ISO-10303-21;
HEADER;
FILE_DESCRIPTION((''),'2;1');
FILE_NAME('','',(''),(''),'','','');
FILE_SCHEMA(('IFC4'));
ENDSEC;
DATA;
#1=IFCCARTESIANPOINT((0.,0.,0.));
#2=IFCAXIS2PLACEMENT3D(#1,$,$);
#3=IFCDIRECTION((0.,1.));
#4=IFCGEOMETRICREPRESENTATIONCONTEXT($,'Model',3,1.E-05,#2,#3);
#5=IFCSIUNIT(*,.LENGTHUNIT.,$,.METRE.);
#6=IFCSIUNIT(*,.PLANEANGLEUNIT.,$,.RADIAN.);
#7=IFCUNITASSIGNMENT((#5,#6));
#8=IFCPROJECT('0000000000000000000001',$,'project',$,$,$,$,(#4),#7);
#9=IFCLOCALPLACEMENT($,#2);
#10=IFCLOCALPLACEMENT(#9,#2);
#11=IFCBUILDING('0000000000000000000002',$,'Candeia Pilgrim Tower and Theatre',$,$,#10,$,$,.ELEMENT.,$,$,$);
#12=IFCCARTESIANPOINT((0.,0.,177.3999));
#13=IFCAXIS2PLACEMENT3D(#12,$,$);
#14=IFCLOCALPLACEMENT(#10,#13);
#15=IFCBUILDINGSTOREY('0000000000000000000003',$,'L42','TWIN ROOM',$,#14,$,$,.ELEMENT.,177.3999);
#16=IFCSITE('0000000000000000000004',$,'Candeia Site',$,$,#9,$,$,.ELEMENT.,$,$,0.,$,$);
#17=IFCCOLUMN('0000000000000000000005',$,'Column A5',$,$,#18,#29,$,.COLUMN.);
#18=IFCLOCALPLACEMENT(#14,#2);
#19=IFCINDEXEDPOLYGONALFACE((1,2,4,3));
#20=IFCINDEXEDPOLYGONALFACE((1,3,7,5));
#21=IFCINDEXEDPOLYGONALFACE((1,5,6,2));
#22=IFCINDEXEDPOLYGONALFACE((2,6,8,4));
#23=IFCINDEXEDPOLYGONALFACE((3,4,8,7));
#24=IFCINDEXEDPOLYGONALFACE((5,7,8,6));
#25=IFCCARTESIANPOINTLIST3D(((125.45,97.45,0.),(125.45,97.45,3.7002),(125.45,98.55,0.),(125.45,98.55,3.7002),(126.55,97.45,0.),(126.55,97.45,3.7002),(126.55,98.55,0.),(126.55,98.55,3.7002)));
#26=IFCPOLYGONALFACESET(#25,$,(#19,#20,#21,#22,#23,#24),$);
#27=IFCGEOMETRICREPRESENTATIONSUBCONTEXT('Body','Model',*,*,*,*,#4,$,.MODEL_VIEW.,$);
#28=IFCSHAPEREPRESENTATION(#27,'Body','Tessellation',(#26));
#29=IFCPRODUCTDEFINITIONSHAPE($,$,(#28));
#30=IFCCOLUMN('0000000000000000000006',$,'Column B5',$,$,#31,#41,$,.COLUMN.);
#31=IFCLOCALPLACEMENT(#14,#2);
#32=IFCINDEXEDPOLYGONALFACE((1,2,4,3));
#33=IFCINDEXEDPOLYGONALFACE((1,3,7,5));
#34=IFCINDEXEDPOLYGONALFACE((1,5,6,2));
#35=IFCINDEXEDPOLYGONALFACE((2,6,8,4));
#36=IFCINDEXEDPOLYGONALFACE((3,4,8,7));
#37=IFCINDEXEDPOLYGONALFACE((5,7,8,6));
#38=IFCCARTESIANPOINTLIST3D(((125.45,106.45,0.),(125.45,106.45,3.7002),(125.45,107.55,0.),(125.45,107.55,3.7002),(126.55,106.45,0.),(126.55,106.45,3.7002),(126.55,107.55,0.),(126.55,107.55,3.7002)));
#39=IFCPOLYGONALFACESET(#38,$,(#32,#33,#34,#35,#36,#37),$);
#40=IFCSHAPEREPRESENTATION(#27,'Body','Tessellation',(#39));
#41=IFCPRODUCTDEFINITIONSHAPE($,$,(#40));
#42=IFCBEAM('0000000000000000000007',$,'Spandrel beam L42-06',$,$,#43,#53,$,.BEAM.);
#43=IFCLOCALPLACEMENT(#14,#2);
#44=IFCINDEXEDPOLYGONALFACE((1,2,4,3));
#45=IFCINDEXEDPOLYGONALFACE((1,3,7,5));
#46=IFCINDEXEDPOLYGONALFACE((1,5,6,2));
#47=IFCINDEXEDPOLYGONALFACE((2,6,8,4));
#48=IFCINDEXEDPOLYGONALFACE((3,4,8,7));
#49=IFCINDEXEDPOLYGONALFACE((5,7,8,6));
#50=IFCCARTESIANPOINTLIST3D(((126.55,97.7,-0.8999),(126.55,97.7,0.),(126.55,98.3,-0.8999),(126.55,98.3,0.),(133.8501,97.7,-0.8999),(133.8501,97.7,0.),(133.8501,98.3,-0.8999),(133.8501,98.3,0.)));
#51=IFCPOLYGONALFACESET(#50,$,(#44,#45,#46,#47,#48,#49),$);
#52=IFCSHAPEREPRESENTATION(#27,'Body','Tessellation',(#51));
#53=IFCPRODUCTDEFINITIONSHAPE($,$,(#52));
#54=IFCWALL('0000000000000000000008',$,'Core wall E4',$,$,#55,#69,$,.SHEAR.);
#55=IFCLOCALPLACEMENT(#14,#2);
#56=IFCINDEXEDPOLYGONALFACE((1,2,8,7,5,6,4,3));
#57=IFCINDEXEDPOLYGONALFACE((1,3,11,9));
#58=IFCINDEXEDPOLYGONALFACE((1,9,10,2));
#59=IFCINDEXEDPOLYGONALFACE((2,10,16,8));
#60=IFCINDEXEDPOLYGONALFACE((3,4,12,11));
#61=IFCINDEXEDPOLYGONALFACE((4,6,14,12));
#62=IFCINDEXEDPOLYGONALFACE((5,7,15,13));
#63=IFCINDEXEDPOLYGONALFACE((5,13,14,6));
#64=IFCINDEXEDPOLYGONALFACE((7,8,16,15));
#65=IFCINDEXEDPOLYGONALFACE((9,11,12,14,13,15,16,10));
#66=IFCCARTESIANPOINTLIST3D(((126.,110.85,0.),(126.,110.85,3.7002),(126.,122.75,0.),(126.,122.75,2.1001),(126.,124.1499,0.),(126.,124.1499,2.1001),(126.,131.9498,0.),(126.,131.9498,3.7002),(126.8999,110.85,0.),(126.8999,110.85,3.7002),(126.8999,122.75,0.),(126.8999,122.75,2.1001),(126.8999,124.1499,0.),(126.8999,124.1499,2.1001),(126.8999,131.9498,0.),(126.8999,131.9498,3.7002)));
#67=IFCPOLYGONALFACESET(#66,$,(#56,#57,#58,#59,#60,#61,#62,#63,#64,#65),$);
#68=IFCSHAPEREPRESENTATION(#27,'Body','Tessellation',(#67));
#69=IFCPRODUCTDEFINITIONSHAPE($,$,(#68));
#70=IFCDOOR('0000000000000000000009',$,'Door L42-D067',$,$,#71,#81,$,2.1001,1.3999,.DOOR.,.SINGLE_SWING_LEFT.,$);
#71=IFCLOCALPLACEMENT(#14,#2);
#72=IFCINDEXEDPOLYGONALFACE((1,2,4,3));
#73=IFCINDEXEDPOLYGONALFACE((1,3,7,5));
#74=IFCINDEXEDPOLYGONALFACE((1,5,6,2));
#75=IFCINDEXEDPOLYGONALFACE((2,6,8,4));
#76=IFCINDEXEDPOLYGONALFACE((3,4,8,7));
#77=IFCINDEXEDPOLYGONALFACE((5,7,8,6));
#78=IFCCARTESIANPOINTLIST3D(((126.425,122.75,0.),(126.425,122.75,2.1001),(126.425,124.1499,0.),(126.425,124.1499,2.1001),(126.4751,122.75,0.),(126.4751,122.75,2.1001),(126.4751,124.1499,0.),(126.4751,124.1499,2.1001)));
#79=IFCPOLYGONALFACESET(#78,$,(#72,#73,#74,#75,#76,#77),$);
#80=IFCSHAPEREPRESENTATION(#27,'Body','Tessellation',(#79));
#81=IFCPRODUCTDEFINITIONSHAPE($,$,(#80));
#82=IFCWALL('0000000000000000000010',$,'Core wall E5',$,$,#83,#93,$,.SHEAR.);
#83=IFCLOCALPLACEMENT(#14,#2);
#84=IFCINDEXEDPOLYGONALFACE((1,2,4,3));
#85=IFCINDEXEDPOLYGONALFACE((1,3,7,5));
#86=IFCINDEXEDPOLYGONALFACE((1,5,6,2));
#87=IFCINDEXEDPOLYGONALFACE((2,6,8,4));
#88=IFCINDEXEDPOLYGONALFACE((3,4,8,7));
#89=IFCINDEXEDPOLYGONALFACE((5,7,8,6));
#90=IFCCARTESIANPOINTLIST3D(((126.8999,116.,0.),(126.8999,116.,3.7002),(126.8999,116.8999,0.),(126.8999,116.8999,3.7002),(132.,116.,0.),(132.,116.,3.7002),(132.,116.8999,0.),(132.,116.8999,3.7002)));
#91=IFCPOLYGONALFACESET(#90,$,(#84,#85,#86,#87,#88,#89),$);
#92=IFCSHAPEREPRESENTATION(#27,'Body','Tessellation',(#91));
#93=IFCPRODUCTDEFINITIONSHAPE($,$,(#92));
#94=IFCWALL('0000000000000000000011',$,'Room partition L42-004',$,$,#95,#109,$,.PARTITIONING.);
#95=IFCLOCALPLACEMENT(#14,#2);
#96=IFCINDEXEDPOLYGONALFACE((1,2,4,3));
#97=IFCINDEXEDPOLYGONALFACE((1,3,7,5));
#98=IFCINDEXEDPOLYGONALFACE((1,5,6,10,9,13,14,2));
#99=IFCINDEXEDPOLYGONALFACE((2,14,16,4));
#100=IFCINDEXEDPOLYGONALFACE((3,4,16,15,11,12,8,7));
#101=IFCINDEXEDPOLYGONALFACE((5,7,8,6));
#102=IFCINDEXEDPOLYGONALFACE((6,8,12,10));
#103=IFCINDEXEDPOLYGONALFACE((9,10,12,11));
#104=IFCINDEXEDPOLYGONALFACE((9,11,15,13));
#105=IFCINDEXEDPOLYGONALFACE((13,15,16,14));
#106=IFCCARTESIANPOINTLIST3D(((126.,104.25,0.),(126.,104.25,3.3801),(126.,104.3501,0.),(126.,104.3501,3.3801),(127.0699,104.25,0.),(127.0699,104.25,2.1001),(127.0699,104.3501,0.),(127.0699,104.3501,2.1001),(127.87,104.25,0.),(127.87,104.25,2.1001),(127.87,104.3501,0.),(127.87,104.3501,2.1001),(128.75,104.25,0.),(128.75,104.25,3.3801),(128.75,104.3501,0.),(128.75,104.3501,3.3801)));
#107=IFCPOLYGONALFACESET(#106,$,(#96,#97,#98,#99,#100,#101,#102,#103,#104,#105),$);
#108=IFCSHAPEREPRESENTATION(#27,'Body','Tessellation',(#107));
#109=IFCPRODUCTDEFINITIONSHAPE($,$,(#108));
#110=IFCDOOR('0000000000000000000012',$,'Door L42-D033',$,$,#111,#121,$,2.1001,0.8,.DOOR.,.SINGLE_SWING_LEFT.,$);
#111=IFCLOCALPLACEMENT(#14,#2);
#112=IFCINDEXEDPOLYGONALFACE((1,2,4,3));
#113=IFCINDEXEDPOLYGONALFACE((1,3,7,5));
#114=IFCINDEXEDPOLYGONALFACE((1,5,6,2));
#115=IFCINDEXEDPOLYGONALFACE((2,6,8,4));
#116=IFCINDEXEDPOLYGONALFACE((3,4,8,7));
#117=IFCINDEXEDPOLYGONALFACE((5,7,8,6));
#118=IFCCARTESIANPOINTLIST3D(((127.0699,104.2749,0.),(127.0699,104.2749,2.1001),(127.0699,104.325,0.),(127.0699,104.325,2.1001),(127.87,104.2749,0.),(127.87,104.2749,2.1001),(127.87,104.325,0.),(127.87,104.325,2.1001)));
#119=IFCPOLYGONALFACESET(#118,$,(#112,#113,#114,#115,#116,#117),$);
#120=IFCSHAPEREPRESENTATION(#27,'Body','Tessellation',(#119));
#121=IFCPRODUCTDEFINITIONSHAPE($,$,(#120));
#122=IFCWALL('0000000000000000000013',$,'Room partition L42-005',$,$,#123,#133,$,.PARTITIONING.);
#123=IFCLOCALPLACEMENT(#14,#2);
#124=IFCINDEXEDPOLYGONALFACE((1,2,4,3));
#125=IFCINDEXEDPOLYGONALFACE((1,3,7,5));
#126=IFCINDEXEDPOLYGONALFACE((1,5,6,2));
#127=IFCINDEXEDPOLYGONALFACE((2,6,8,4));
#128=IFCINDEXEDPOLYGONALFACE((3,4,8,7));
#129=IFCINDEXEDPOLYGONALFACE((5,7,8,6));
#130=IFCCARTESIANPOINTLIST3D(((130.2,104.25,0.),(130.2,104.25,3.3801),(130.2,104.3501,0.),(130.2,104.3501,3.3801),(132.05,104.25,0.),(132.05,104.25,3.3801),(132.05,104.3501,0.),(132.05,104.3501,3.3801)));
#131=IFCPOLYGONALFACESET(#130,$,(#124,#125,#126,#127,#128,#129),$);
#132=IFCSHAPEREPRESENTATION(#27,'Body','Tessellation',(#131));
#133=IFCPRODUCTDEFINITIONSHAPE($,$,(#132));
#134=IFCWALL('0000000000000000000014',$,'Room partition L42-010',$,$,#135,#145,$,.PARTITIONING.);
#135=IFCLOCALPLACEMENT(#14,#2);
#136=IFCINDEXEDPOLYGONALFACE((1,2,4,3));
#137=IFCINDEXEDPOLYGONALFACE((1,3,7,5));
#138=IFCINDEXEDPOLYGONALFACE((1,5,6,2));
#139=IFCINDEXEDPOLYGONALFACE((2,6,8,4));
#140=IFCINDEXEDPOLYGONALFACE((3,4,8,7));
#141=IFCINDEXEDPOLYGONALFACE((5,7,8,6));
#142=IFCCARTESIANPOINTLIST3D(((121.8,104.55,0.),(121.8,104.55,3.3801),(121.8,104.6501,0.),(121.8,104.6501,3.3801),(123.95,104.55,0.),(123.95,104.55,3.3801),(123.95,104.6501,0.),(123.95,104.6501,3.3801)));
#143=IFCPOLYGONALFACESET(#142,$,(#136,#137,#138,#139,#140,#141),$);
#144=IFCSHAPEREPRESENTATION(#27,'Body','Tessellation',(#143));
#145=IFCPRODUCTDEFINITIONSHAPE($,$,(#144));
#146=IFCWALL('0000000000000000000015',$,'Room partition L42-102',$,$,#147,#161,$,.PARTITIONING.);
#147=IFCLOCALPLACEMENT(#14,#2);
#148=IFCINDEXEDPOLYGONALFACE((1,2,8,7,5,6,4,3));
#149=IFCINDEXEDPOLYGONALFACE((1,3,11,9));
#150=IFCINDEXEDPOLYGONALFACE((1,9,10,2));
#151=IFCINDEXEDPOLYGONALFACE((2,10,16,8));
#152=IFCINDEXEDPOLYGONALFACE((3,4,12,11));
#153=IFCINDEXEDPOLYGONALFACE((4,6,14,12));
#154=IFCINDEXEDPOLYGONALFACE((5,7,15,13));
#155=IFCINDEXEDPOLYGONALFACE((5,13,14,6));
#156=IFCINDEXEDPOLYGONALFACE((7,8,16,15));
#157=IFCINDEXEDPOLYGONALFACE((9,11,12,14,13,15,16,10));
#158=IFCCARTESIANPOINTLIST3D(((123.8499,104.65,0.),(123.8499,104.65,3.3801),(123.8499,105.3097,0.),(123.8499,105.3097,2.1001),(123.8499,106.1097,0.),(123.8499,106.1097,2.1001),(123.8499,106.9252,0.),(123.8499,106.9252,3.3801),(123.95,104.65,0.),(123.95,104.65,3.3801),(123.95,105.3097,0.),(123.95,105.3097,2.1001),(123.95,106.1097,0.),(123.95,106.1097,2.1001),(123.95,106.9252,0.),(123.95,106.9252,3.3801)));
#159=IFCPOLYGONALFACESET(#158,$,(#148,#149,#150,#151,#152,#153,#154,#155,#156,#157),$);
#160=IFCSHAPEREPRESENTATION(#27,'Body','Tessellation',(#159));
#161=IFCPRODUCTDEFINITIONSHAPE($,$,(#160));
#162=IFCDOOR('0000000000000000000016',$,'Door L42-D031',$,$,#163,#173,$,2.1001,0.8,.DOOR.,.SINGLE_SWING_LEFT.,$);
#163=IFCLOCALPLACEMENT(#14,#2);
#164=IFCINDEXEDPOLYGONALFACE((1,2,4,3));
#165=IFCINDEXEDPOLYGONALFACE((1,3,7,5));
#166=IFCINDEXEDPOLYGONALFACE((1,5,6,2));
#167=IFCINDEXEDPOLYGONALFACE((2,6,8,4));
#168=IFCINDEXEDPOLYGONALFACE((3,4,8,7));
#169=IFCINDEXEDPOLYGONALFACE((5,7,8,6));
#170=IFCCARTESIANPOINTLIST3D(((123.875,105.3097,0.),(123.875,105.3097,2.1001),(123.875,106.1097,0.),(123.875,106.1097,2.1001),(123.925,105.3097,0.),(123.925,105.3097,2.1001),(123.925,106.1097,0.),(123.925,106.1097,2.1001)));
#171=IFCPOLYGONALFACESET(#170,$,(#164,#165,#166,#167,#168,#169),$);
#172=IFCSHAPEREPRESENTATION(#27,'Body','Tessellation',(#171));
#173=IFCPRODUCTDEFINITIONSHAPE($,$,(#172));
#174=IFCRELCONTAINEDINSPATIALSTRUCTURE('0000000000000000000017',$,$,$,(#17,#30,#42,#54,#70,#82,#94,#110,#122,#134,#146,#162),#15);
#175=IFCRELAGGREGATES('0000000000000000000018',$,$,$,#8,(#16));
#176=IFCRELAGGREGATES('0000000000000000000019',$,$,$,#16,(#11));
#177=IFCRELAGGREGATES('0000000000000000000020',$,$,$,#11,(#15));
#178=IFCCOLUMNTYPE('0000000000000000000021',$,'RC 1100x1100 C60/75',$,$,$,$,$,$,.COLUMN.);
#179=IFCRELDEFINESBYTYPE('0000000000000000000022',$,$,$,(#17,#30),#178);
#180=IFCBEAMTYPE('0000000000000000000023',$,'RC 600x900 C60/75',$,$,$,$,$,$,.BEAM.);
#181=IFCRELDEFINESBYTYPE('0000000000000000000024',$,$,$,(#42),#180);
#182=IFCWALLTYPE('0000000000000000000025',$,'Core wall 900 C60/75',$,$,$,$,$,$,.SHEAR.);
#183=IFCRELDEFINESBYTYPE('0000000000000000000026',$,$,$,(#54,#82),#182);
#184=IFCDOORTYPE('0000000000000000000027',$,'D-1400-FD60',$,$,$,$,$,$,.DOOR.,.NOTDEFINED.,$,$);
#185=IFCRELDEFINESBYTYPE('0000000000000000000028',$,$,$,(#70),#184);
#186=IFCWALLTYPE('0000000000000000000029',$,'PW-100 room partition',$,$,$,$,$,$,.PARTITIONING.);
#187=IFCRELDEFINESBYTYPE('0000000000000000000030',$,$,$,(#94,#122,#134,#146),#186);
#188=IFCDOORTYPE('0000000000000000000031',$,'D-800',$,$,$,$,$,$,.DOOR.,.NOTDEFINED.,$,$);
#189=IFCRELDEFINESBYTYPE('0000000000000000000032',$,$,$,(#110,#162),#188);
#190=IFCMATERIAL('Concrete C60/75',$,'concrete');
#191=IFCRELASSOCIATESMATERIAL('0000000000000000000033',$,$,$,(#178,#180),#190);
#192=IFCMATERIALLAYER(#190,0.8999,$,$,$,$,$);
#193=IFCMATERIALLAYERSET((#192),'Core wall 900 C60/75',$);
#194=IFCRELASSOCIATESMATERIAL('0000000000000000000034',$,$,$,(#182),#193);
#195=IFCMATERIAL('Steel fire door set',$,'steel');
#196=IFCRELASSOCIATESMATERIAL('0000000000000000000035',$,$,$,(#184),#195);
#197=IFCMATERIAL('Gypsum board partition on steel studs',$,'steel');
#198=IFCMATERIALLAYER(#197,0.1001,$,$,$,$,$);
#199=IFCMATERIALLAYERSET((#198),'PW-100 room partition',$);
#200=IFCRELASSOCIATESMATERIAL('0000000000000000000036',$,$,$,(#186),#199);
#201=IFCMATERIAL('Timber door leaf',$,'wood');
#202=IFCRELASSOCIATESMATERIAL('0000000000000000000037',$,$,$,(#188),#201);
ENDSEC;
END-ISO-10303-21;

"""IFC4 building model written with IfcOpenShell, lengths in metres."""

from ifc_helpers import new_model, si_unit, direction, frame, frame_2d, origin, origin_2d, place, context, subcontext, project, spatial, rectangle, extrude, material, layer, layer_set, material_profile, profile_set, type_object, element, fill, save


model = new_model("IFC4")

# Units and contexts
model_context = context("Model", 3, precision=1e-05, world=origin(), true_north=direction((0.0, 1.0)))
body_context = subcontext(model_context, "Body", "Model", "MODEL_VIEW")
ifc_project = project(units=[si_unit("LENGTHUNIT", "METRE"), si_unit("PLANEANGLEUNIT", "RADIAN")], contexts=[model_context])

# Site, building, storey
site_placement = place(None, origin())
site = spatial("IfcSite", under=ifc_project, at=site_placement, Name="Candeia Site", CompositionType="ELEMENT", RefElevation=0.0)
building_placement = place(site_placement, origin())
building = spatial("IfcBuilding", under=site, at=building_placement, Name="Candeia Pilgrim Tower and Theatre", CompositionType="ELEMENT")
storey_placement = place(building_placement, frame((0.0, 0.0, 177.3999)))
storey = spatial("IfcBuildingStorey", under=building, at=storey_placement, Name="L42", Description="TWIN ROOM", CompositionType="ELEMENT", Elevation=177.3999)

# Columns
ifc_material_1 = material(Name="Concrete C60/75", Category="concrete")
ifc_material_profile_1 = material_profile(ifc_material_1, rectangle(XDim=1.1001, YDim=1.1001, at=origin_2d()))
ifc_profile_set_1 = profile_set([ifc_material_profile_1], Name="Concrete C60/75")
column_type = type_object("IfcColumnType", Name="RC 1100x1100 C60/75", PredefinedType="COLUMN", material=ifc_profile_set_1)
for number, where, z_axis, x_axis, name in (
    (1, (126.0, 98.0, 0.0), (0.0, 0.0, 1.0), (1.0, 0.0, 0.0), "Column A5"),
    (2, (126.0, 107.0, 0.0), (0.0, 0.0, 1.0), (1.0, 0.0, 0.0), "Column B5"),
):
    element("IfcColumn", number, at=place(storey_placement, frame(where, z_axis=z_axis, x_axis=x_axis)), inside=storey, type_object=column_type, Name=name, PredefinedType="COLUMN", context=body_context, shape_type="SweptSolid", body=[
        extrude(rectangle(XDim=1.1001, YDim=1.1001, at=origin_2d()), origin(), (0.0, 0.0, 1.0), 3.7002),
    ])

# Beam
ifc_material_profile_2 = material_profile(ifc_material_1, rectangle(XDim=0.6001, YDim=0.8999, at=origin_2d()))
ifc_profile_set_2 = profile_set([ifc_material_profile_2], Name="Concrete C60/75")
beam_type = type_object("IfcBeamType", Name="RC 600x900 C60/75", PredefinedType="BEAM", material=ifc_profile_set_2)
beam_placement = place(storey_placement, frame((126.55, 98.0, -0.45), z_axis=(1.0, 0.0, 0.0), x_axis=(0.0, 1.0, 0.0)))
element("IfcBeam", 3, at=beam_placement, inside=storey, type_object=beam_type, Name="Spandrel beam L42-06", PredefinedType="BEAM", context=body_context, shape_type="SweptSolid", body=[
    extrude(rectangle(XDim=0.6001, YDim=0.8999, at=origin_2d()), origin(), (0.0, 0.0, 1.0), 7.3),
])

# Wall, opening, door
ifc_layer_1 = layer(ifc_material_1, 0.8999)
ifc_layer_set_1 = layer_set([ifc_layer_1], Name="Core wall 900 C60/75")
wall_type_1 = type_object("IfcWallType", Name="Core wall 900 C60/75", PredefinedType="SHEAR", material=ifc_layer_set_1)
wall_1_placement = place(storey_placement, frame((126.45, 110.8501, 0.0), z_axis=(0.0, 0.0, 1.0), x_axis=(0.0, 1.0, 0.0)))
wall_1 = element("IfcWall", 4, at=wall_1_placement, inside=storey, type_object=wall_type_1, Name="Core wall E4", PredefinedType="SHEAR", context=body_context, shape_type="SweptSolid", body=[
    extrude(rectangle(XDim=21.0999, YDim=0.8999, at=frame_2d((10.5498, 0.0))), origin(), (0.0, 0.0, 1.0), 3.7002),
])
opening_1_placement = place(wall_1_placement, frame((11.8999, 0.0, 0.0)))
opening_1 = element("IfcOpeningElement", 5, at=opening_1_placement, cuts=wall_1, PredefinedType="OPENING", context=body_context, shape_type="SweptSolid", body=[
    extrude(rectangle(XDim=1.3999, YDim=2.1001, at=frame_2d((0.7, 1.05))), frame((0.0, 0.46, 0.0), z_axis=(0.0, -1.0, 0.0), x_axis=(1.0, 0.0, 0.0)), (0.0, 0.0, 1.0), 0.9199),
])
ifc_material_2 = material(Name="Steel fire door set", Category="steel")
door_type_1 = type_object("IfcDoorType", Name="D-1400-FD60", OperationType="NOTDEFINED", PredefinedType="DOOR", material=ifc_material_2)
door_1_placement = place(opening_1_placement, origin())
door_1 = element("IfcDoor", 6, at=door_1_placement, inside=storey, type_object=door_type_1, Name="Door L42-D067", OperationType="SINGLE_SWING_LEFT", OverallHeight=2.1001, OverallWidth=1.3999, PredefinedType="DOOR", context=body_context, shape_type="SweptSolid", body=[
    extrude(rectangle(XDim=1.3999, YDim=2.1001, at=frame_2d((0.7, 1.05))), frame((0.0, 0.0249, 0.0), z_axis=(0.0, -1.0, 0.0), x_axis=(1.0, 0.0, 0.0)), (0.0, 0.0, 1.0), 0.05),
])
fill(opening_1, door_1)

# Wall
wall_2_placement = place(storey_placement, frame((126.8999, 116.45, 0.0), z_axis=(0.0, 0.0, 1.0), x_axis=(1.0, 0.0, 0.0)))
element("IfcWall", 7, at=wall_2_placement, inside=storey, type_object=wall_type_1, Name="Core wall E5", PredefinedType="SHEAR", context=body_context, shape_type="SweptSolid", body=[
    extrude(rectangle(XDim=5.1001, YDim=0.8999, at=frame_2d((2.55, 0.0))), origin(), (0.0, 0.0, 1.0), 3.7002),
])

# Wall, opening, door
ifc_material_3 = material(Name="Gypsum board partition on steel studs", Category="steel")
ifc_layer_2 = layer(ifc_material_3, 0.1001)
ifc_layer_set_2 = layer_set([ifc_layer_2], Name="PW-100 room partition")
wall_type_2 = type_object("IfcWallType", Name="PW-100 room partition", PredefinedType="PARTITIONING", material=ifc_layer_set_2)
wall_3_placement = place(storey_placement, frame((126.0, 104.3, 0.0), z_axis=(0.0, 0.0, 1.0), x_axis=(1.0, 0.0, 0.0)))
wall_3 = element("IfcWall", 8, at=wall_3_placement, inside=storey, type_object=wall_type_2, Name="Room partition L42-004", PredefinedType="PARTITIONING", context=body_context, shape_type="SweptSolid", body=[
    extrude(rectangle(XDim=2.75, YDim=0.1001, at=frame_2d((1.375, 0.0))), origin(), (0.0, 0.0, 1.0), 3.3801),
])
opening_2_placement = place(wall_3_placement, frame((1.0701, 0.0, 0.0)))
opening_2 = element("IfcOpeningElement", 9, at=opening_2_placement, cuts=wall_3, PredefinedType="OPENING", context=body_context, shape_type="SweptSolid", body=[
    extrude(rectangle(XDim=0.8, YDim=2.1001, at=frame_2d((0.3999, 1.05))), frame((0.0, 0.0601, 0.0), z_axis=(0.0, -1.0, 0.0), x_axis=(1.0, 0.0, 0.0)), (0.0, 0.0, 1.0), 0.1201),
])
ifc_material_4 = material(Name="Timber door leaf", Category="wood")
door_type_2 = type_object("IfcDoorType", Name="D-800", OperationType="NOTDEFINED", PredefinedType="DOOR", material=ifc_material_4)
door_2_placement = place(opening_2_placement, origin())
door_2 = element("IfcDoor", 10, at=door_2_placement, inside=storey, type_object=door_type_2, Name="Door L42-D033", OperationType="SINGLE_SWING_LEFT", OverallHeight=2.1001, OverallWidth=0.8, PredefinedType="DOOR", context=body_context, shape_type="SweptSolid", body=[
    extrude(rectangle(XDim=0.8, YDim=2.1001, at=frame_2d((0.3999, 1.05))), frame((0.0, 0.0249, 0.0), z_axis=(0.0, -1.0, 0.0), x_axis=(1.0, 0.0, 0.0)), (0.0, 0.0, 1.0), 0.05),
])
fill(opening_2, door_2)

# Walls
wall_4_placement = place(storey_placement, frame((130.2, 104.3, 0.0), z_axis=(0.0, 0.0, 1.0), x_axis=(1.0, 0.0, 0.0)))
element("IfcWall", 11, at=wall_4_placement, inside=storey, type_object=wall_type_2, Name="Room partition L42-005", PredefinedType="PARTITIONING", context=body_context, shape_type="SweptSolid", body=[
    extrude(rectangle(XDim=1.8501, YDim=0.1001, at=frame_2d((0.925, 0.0))), origin(), (0.0, 0.0, 1.0), 3.3801),
])
wall_5_placement = place(storey_placement, frame((121.8, 104.6001, 0.0), z_axis=(0.0, 0.0, 1.0), x_axis=(1.0, 0.0, 0.0)))
element("IfcWall", 12, at=wall_5_placement, inside=storey, type_object=wall_type_2, Name="Room partition L42-010", PredefinedType="PARTITIONING", context=body_context, shape_type="SweptSolid", body=[
    extrude(rectangle(XDim=2.1499, YDim=0.1001, at=frame_2d((1.075, 0.0))), origin(), (0.0, 0.0, 1.0), 3.3801),
])

# Wall, opening, door
wall_6_placement = place(storey_placement, frame((123.8999, 104.6499, 0.0), z_axis=(0.0, 0.0, 1.0), x_axis=(0.0, 1.0, 0.0)))
wall_6 = element("IfcWall", 13, at=wall_6_placement, inside=storey, type_object=wall_type_2, Name="Room partition L42-102", PredefinedType="PARTITIONING", context=body_context, shape_type="SweptSolid", body=[
    extrude(rectangle(XDim=2.2751, YDim=0.1001, at=frame_2d((1.1377, 0.0))), origin(), (0.0, 0.0, 1.0), 3.3801),
])
opening_3_placement = place(wall_6_placement, frame((0.6599, 0.0, 0.0)))
opening_3 = element("IfcOpeningElement", 14, at=opening_3_placement, cuts=wall_6, PredefinedType="OPENING", context=body_context, shape_type="SweptSolid", body=[
    extrude(rectangle(XDim=0.8, YDim=2.1001, at=frame_2d((0.3999, 1.05))), frame((0.0, 0.0601, 0.0), z_axis=(0.0, -1.0, 0.0), x_axis=(1.0, 0.0, 0.0)), (0.0, 0.0, 1.0), 0.1201),
])
door_3_placement = place(opening_3_placement, origin())
door_3 = element("IfcDoor", 15, at=door_3_placement, inside=storey, type_object=door_type_2, Name="Door L42-D031", OperationType="SINGLE_SWING_LEFT", OverallHeight=2.1001, OverallWidth=0.8, PredefinedType="DOOR", context=body_context, shape_type="SweptSolid", body=[
    extrude(rectangle(XDim=0.8, YDim=2.1001, at=frame_2d((0.3999, 1.05))), frame((0.0, 0.0249, 0.0), z_axis=(0.0, -1.0, 0.0), x_axis=(1.0, 0.0, 0.0)), (0.0, 0.0, 1.0), 0.05),
])
fill(opening_3, door_3)

save(model, "model.ifc")
